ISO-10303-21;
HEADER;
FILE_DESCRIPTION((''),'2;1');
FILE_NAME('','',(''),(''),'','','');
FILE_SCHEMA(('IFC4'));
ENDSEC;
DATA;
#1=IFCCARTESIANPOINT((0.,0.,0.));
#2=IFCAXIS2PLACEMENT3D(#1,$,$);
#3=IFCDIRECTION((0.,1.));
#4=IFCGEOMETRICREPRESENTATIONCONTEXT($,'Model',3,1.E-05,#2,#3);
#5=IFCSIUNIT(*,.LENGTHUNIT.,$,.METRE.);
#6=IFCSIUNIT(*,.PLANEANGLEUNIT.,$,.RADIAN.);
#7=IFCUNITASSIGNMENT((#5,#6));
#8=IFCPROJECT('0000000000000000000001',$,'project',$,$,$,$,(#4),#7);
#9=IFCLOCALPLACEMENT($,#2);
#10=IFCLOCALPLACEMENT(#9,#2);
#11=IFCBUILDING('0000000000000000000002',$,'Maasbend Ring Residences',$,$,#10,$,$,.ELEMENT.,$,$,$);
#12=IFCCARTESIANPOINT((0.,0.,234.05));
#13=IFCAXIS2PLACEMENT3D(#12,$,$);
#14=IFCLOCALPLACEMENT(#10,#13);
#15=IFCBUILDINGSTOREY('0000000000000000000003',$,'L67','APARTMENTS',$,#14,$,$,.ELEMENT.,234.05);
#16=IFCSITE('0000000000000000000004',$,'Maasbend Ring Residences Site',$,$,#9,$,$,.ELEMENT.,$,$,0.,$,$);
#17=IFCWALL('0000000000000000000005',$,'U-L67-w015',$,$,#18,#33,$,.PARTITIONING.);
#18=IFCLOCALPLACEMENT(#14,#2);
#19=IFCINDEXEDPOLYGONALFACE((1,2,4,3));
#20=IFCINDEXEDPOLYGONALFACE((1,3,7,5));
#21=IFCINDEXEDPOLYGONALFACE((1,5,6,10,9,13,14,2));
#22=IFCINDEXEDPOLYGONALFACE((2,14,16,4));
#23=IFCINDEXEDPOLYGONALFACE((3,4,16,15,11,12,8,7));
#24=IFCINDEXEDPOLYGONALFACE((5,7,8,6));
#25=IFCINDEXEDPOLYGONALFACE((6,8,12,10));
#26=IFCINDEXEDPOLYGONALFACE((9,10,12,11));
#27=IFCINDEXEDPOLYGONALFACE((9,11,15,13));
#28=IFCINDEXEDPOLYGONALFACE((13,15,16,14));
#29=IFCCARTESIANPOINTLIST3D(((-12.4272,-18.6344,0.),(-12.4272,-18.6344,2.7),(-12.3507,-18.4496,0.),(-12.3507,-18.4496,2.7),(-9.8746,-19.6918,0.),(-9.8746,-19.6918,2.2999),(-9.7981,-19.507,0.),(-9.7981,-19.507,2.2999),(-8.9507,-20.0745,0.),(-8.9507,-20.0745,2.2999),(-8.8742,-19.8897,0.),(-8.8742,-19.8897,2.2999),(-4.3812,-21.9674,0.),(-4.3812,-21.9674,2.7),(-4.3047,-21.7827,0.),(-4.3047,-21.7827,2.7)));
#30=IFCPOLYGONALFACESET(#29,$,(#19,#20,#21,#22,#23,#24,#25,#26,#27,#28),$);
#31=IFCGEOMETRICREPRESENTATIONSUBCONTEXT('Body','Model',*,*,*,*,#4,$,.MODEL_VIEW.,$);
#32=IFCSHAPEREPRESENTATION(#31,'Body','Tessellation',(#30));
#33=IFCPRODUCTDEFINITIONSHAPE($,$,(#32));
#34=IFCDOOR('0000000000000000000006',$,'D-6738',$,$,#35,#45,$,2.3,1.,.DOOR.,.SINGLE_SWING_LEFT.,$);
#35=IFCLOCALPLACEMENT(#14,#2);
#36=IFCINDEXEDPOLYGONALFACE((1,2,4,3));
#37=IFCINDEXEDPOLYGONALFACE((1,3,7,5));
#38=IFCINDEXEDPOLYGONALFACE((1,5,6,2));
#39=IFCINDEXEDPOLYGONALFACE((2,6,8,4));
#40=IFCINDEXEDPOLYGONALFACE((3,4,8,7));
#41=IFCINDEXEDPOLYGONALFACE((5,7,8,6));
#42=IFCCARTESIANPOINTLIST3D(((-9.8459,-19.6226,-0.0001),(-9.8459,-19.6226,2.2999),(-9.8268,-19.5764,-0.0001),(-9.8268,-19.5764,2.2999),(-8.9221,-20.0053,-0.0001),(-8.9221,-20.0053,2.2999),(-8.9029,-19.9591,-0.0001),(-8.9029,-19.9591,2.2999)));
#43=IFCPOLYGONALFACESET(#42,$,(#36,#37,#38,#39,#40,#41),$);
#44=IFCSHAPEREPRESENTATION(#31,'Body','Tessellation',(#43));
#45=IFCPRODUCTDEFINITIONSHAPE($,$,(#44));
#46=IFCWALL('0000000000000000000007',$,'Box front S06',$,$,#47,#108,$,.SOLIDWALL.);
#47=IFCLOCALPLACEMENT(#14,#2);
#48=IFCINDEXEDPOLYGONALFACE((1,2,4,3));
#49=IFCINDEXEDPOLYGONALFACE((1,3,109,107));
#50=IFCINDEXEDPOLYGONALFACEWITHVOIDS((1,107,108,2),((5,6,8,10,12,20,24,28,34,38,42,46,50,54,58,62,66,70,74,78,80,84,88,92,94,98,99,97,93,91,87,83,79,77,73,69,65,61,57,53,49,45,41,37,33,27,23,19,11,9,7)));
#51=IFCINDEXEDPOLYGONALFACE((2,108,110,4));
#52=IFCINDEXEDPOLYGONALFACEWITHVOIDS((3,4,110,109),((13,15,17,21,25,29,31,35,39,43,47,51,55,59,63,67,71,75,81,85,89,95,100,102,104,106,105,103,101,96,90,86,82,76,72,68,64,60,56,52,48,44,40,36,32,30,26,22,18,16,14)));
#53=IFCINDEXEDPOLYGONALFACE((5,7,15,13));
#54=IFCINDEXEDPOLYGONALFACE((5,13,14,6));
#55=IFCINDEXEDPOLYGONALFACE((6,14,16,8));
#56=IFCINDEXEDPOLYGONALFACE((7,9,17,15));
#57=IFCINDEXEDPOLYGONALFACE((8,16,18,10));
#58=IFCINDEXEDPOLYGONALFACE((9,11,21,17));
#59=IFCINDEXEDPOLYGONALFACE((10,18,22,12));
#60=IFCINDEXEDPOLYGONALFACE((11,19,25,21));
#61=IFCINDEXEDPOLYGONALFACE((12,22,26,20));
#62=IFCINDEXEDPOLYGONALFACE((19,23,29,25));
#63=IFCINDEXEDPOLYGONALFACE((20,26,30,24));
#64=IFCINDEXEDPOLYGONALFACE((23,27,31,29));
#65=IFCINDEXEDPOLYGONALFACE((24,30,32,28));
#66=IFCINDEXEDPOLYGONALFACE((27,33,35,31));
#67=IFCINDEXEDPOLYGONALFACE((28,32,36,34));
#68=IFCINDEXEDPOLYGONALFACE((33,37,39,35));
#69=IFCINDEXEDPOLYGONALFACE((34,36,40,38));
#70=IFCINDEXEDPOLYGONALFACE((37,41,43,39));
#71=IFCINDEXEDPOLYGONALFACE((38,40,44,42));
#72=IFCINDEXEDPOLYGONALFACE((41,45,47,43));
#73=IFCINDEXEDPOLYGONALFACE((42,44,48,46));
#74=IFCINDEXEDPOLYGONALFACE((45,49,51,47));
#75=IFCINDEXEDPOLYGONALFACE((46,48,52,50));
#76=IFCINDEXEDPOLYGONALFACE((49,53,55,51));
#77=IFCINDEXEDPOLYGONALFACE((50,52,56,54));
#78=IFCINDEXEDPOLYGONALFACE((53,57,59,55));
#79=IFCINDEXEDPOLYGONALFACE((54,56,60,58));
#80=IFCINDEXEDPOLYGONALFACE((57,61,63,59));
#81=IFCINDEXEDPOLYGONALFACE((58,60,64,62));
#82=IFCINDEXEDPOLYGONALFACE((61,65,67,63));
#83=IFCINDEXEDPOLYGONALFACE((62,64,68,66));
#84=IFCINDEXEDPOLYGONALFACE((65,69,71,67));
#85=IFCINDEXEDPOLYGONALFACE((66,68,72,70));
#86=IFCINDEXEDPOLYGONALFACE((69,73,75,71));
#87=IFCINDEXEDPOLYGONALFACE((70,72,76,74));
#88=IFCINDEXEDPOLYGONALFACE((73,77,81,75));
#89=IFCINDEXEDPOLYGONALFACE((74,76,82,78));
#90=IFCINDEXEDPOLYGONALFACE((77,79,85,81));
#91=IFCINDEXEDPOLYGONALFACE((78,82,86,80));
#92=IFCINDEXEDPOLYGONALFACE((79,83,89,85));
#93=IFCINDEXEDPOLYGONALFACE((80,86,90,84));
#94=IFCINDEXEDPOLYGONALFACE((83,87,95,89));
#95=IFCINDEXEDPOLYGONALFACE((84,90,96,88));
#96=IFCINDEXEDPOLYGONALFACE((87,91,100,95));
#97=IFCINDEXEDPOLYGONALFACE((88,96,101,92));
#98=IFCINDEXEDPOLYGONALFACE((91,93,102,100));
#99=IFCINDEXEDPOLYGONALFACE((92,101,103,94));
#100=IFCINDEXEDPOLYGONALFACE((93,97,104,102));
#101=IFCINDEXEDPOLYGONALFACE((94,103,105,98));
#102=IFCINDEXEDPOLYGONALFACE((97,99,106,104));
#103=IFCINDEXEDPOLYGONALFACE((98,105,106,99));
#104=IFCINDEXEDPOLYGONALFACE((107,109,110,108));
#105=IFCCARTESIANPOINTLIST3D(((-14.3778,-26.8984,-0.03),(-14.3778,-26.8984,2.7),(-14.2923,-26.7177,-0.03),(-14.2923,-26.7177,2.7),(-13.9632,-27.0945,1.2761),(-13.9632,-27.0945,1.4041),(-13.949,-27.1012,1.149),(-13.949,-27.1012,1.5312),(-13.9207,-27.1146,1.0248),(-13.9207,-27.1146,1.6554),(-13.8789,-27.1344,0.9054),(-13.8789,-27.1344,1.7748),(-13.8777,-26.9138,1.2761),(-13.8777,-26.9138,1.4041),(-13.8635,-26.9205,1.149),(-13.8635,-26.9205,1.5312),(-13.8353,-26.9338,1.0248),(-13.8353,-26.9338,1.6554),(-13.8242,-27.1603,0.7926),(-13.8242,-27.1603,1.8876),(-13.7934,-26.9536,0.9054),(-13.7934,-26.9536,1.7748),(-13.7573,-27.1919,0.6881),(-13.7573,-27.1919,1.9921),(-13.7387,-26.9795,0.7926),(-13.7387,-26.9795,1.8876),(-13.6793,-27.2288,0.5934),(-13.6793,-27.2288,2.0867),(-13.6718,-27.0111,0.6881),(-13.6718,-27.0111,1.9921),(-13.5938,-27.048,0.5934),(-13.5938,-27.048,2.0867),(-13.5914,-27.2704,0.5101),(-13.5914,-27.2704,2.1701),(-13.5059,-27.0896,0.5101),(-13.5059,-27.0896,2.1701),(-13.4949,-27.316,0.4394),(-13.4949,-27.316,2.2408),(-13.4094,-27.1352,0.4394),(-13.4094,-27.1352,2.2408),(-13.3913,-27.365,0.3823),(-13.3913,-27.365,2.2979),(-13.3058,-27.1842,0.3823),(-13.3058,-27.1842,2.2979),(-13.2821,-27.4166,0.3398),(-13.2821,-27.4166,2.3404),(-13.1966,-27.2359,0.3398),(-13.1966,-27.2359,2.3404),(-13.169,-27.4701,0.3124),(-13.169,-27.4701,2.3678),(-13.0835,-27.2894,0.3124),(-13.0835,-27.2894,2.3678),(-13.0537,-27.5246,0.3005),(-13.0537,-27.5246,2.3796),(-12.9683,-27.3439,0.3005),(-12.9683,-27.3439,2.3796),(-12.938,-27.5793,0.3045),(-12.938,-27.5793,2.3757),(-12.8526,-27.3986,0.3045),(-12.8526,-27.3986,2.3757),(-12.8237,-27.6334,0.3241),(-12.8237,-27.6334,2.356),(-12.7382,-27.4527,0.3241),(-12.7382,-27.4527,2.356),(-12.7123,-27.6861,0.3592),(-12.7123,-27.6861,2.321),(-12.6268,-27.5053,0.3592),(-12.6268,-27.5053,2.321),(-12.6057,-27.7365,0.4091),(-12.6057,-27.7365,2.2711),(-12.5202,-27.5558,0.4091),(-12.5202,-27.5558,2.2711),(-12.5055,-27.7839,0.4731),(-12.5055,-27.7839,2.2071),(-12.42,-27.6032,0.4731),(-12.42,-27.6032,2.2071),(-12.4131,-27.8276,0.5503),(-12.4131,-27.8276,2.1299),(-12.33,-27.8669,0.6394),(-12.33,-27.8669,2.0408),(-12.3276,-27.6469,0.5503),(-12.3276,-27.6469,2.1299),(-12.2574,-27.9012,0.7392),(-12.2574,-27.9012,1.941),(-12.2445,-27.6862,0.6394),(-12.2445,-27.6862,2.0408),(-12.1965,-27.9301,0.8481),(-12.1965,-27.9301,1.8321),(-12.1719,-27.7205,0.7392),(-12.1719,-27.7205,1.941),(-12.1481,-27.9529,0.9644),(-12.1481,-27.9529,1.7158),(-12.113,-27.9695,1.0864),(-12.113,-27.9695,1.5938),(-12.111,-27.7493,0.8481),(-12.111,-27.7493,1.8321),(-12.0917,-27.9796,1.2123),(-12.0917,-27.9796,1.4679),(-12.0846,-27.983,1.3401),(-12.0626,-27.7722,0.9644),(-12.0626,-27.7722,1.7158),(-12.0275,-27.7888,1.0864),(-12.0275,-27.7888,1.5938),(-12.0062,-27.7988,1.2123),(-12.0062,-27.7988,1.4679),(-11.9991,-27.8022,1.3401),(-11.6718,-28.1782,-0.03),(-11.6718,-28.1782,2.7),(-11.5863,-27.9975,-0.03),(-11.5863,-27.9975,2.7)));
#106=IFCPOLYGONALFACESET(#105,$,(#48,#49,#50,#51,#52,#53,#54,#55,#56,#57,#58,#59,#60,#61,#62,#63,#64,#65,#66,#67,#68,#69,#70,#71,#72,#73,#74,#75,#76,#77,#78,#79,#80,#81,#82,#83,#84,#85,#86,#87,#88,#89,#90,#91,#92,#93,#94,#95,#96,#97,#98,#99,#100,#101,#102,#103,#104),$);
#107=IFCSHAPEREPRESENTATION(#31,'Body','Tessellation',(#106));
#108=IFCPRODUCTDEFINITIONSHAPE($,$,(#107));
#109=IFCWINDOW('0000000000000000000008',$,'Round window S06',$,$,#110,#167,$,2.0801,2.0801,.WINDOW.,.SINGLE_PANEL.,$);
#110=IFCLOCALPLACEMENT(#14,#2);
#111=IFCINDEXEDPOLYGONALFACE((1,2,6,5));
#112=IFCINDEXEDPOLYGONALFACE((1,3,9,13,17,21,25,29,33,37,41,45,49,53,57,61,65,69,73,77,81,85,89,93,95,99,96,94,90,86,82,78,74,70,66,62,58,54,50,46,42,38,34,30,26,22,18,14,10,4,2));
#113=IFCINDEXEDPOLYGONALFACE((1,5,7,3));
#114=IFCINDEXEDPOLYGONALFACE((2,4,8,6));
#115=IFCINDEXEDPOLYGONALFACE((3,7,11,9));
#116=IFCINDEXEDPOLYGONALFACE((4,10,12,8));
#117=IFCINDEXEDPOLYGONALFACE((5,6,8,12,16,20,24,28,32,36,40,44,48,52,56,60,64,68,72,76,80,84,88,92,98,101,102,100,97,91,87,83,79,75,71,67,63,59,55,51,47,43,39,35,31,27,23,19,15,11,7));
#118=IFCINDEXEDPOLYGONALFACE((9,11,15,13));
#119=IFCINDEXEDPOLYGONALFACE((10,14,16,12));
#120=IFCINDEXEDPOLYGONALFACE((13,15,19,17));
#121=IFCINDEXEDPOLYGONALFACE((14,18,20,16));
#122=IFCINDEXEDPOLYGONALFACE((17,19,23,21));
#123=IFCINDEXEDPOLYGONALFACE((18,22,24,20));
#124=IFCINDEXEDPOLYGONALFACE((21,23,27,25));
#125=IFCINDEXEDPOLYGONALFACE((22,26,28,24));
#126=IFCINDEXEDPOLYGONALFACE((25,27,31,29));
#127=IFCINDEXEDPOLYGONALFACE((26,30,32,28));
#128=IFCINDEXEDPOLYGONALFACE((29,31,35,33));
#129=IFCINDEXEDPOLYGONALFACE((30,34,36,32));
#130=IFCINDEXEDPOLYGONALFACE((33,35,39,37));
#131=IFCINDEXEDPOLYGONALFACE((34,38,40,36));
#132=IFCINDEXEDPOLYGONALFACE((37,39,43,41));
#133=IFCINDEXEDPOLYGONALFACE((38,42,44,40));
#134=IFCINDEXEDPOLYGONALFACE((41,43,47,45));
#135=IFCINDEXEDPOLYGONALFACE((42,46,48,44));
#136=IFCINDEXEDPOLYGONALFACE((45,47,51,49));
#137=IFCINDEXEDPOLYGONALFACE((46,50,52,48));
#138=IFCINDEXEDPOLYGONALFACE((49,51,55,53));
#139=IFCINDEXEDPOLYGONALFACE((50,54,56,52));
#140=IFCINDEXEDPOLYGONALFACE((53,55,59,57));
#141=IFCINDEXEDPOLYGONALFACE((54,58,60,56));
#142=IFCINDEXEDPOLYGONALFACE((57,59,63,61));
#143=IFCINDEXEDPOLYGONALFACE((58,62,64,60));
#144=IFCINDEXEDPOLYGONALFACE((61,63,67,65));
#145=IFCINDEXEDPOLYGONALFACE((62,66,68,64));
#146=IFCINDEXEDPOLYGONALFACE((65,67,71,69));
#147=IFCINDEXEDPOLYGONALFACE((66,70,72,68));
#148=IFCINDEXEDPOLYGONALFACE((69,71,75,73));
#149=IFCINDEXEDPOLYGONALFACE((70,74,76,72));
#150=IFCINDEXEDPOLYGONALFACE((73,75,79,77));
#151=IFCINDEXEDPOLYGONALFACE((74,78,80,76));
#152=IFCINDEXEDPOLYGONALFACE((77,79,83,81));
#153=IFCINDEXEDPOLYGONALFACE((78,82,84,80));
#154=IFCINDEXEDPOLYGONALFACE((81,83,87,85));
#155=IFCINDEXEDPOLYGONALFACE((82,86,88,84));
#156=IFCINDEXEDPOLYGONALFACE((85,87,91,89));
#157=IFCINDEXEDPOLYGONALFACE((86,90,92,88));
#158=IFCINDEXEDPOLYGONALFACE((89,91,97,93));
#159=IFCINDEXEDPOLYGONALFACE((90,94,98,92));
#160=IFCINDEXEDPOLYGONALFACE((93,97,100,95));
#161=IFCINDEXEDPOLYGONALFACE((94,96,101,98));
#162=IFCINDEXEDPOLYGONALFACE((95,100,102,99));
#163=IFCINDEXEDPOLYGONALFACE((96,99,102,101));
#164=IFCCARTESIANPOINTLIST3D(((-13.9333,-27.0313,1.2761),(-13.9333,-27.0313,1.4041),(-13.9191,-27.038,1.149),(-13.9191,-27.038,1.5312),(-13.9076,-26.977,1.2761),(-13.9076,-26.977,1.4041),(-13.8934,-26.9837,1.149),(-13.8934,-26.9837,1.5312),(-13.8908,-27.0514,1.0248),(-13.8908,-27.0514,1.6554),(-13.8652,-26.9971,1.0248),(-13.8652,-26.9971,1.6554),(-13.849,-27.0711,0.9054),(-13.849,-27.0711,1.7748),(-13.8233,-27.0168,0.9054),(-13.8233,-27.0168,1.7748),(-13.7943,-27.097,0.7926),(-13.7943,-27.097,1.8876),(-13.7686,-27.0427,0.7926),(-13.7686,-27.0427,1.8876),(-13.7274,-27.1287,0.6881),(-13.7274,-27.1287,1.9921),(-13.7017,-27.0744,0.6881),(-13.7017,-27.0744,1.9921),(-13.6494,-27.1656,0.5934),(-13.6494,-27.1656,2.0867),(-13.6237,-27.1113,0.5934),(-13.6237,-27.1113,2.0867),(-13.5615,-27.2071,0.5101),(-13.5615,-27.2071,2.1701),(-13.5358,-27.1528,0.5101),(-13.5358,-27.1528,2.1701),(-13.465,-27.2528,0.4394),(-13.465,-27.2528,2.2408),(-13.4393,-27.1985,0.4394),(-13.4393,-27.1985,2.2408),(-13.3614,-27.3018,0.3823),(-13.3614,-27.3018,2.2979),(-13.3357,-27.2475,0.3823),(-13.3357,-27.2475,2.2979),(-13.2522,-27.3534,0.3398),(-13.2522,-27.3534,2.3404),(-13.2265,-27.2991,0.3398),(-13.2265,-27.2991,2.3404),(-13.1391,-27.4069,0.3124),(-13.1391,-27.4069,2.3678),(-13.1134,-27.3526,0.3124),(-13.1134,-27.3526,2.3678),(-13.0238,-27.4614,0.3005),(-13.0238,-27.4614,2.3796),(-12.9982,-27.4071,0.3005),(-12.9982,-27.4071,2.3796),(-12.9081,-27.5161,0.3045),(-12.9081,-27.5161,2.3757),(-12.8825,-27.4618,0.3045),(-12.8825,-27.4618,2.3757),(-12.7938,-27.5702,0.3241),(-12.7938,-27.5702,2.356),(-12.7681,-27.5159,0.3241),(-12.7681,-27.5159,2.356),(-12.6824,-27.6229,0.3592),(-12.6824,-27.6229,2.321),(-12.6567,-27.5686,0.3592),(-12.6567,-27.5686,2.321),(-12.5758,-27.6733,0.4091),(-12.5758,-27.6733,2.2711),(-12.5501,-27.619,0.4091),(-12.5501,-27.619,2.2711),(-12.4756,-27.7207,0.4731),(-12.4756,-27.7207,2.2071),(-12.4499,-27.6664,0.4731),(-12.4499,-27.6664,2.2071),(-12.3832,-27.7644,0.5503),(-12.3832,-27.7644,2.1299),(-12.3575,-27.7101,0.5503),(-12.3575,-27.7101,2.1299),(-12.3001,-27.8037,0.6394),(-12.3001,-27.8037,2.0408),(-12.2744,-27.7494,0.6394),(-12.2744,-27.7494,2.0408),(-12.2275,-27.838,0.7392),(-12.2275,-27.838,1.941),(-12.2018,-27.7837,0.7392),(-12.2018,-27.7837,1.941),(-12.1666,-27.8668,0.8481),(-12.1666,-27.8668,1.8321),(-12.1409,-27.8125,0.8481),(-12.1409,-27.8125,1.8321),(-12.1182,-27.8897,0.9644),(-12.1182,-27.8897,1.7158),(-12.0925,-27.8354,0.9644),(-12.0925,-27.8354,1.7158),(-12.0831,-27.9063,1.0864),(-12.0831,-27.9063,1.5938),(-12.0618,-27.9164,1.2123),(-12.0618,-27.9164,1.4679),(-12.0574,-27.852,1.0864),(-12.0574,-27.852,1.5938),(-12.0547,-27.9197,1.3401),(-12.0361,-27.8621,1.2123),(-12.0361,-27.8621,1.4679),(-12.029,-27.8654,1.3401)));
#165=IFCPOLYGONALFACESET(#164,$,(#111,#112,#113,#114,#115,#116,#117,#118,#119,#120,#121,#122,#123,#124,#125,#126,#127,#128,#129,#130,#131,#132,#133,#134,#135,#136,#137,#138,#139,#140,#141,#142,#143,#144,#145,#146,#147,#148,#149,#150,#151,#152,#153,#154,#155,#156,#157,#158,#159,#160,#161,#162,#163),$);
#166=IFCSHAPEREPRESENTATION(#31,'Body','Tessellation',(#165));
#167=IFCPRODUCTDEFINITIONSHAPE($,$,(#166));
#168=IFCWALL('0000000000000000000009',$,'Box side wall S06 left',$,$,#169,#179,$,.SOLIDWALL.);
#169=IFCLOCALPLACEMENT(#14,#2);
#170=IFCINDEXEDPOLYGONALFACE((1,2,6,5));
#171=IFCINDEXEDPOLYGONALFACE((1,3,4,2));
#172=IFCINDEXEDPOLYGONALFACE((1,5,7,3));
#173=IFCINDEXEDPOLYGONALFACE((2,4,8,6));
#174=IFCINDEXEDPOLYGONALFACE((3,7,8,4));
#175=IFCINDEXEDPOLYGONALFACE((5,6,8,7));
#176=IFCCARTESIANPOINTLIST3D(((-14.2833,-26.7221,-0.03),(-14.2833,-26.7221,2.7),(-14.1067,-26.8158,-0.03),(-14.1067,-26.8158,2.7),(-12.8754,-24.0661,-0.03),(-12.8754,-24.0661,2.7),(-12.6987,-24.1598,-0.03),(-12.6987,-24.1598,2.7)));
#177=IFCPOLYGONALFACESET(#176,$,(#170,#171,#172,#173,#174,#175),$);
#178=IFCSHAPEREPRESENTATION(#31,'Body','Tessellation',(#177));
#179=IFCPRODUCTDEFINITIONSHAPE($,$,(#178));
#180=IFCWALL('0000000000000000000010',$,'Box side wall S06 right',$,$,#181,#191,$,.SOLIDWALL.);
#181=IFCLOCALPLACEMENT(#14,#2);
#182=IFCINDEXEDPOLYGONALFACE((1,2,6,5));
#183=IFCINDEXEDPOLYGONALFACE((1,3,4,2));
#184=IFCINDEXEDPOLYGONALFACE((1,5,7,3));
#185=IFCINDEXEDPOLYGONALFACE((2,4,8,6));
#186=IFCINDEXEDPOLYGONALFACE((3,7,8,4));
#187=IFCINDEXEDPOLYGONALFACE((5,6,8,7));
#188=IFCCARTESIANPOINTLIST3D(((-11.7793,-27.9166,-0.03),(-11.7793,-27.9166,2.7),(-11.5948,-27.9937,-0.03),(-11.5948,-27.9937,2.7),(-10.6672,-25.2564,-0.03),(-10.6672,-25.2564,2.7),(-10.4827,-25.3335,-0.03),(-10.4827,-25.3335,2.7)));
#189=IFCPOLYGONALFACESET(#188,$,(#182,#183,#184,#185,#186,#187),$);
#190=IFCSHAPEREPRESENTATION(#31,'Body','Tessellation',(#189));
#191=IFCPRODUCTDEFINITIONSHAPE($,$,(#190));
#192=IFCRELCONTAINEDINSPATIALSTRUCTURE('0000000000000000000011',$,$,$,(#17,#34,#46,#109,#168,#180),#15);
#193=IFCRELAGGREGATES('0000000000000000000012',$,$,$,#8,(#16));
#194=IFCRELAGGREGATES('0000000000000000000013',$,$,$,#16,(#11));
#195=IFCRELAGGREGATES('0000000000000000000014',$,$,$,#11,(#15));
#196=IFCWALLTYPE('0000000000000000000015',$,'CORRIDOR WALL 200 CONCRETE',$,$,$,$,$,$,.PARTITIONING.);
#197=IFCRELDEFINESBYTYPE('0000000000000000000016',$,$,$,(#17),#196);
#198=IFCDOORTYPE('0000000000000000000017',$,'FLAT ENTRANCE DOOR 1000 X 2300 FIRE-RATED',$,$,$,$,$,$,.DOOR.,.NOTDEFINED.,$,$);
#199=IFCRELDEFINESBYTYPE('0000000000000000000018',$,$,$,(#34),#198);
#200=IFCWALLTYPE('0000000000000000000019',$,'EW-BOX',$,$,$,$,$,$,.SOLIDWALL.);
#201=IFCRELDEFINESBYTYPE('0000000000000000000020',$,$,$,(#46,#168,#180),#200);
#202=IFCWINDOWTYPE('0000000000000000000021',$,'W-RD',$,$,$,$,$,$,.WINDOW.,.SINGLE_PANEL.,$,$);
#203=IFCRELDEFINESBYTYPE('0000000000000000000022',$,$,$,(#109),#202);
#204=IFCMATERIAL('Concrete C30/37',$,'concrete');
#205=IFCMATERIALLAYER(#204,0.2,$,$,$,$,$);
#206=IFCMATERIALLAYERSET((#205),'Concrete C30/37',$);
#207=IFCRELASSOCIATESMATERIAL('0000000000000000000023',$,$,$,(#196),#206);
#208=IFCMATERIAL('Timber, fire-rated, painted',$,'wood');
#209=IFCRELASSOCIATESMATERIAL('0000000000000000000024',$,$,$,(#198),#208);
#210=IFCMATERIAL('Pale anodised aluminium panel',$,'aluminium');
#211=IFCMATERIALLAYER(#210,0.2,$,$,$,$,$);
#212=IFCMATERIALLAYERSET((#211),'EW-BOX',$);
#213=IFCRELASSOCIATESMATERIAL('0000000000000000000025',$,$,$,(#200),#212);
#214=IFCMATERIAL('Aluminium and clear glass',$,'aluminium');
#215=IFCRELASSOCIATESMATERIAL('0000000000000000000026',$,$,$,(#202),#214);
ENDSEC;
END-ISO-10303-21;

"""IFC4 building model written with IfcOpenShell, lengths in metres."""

from ifc_helpers import new_model, si_unit, direction, frame, frame_2d, origin, place, context, subcontext, project, spatial, rectangle, circle, extrude, material, layer, layer_set, type_object, element, fill, save


model = new_model("IFC4")

# Units and contexts
model_context = context("Model", 3, precision=1e-05, world=origin(), true_north=direction((0.0, 1.0)))
body_context = subcontext(model_context, "Body", "Model", "MODEL_VIEW")
ifc_project = project(units=[si_unit("LENGTHUNIT", "METRE"), si_unit("PLANEANGLEUNIT", "RADIAN")], contexts=[model_context])

# Site, building, storey
site_placement = place(None, origin())
site = spatial("IfcSite", under=ifc_project, at=site_placement, Name="Maasbend Ring Residences Site", CompositionType="ELEMENT", RefElevation=0.0)
building_placement = place(site_placement, origin())
building = spatial("IfcBuilding", under=site, at=building_placement, Name="Maasbend Ring Residences", CompositionType="ELEMENT")
storey_placement = place(building_placement, frame((0.0, 0.0, 234.05)))
storey = spatial("IfcBuildingStorey", under=building, at=storey_placement, Name="L67", Description="APARTMENTS", CompositionType="ELEMENT", Elevation=234.05)

# Wall, opening, door
ifc_material_1 = material(Name="Concrete C30/37", Category="concrete")
ifc_layer_1 = layer(ifc_material_1, 0.2)
ifc_layer_set_1 = layer_set([ifc_layer_1], Name="Concrete C30/37")
wall_type_1 = type_object("IfcWallType", Name="CORRIDOR WALL 200 CONCRETE", PredefinedType="PARTITIONING", material=ifc_layer_set_1)
wall_1_placement = place(storey_placement, frame((-12.3889, -18.542, 0.0), z_axis=(0.0, 0.0, 1.0), x_axis=(0.923868, -0.382712, 0.0)))
wall_1 = element("IfcWall", 1, at=wall_1_placement, inside=storey, type_object=wall_type_1, Name="U-L67-w015", PredefinedType="PARTITIONING", context=body_context, shape_type="SweptSolid", body=[
    extrude(rectangle(XDim=8.709, YDim=0.2, at=frame_2d((4.3545, 0.0))), origin(), (0.0, 0.0, 1.0), 2.7),
])
opening_1_placement = place(wall_1_placement, frame((2.7629, 0.0, 0.0)))
opening_1 = element("IfcOpeningElement", 2, at=opening_1_placement, cuts=wall_1, PredefinedType="OPENING", context=body_context, shape_type="SweptSolid", body=[
    extrude(rectangle(XDim=1.0, YDim=2.3, at=frame_2d((0.5, 1.1499))), frame((0.0, 0.1099, 0.0), z_axis=(0.0, -1.0, 0.0), x_axis=(1.0, 0.0, 0.0)), (0.0, 0.0, 1.0), 0.22),
])
ifc_material_2 = material(Name="Timber, fire-rated, painted", Category="wood")
door_type_1 = type_object("IfcDoorType", Name="FLAT ENTRANCE DOOR 1000 X 2300 FIRE-RATED", OperationType="NOTDEFINED", PredefinedType="DOOR", material=ifc_material_2)
door_1_placement = place(opening_1_placement, origin())
door_1 = element("IfcDoor", 3, at=door_1_placement, inside=storey, type_object=door_type_1, Name="D-6738", OperationType="SINGLE_SWING_LEFT", OverallHeight=2.3, OverallWidth=1.0, PredefinedType="DOOR", context=body_context, shape_type="SweptSolid", body=[
    extrude(rectangle(XDim=1.0, YDim=2.3, at=frame_2d((0.5, 1.1499))), frame((0.0, 0.0249, 0.0), z_axis=(0.0, -1.0, 0.0), x_axis=(1.0, 0.0, 0.0)), (0.0, 0.0, 1.0), 0.05),
])
fill(opening_1, door_1)

# Wall, opening, window
ifc_material_3 = material(Name="Pale anodised aluminium panel", Category="aluminium")
ifc_layer_2 = layer(ifc_material_3, 0.2)
ifc_layer_set_2 = layer_set([ifc_layer_2], Name="EW-BOX")
wall_type_2 = type_object("IfcWallType", Name="EW-BOX", PredefinedType="SOLIDWALL", material=ifc_layer_set_2)
wall_2_placement = place(storey_placement, frame((-14.335, -26.8081, -0.03), z_axis=(0.0, 0.0, 1.0), x_axis=(0.904, -0.427532, 0.0)))
wall_2 = element("IfcWall", 4, at=wall_2_placement, inside=storey, type_object=wall_type_2, Name="Box front S06", PredefinedType="SOLIDWALL", context=body_context, shape_type="SweptSolid", body=[
    extrude(rectangle(XDim=2.9934, YDim=0.2, at=frame_2d((1.4966, 0.0))), origin(), (0.0, 0.0, 1.0), 2.73),
])
opening_2_placement = place(wall_2_placement, frame((0.4565, 0.0, 0.3301)))
opening_2 = element("IfcOpeningElement", 5, at=opening_2_placement, cuts=wall_2, PredefinedType="OPENING", context=body_context, shape_type="SweptSolid", body=[
    extrude(circle(Radius=1.04, at=frame_2d((1.04, 1.04))), frame((0.0, 0.1099, 0.0), z_axis=(0.0, -1.0, 0.0), x_axis=(1.0, 0.0, 0.0)), (0.0, 0.0, 1.0), 0.22),
])
ifc_material_4 = material(Name="Aluminium and clear glass", Category="aluminium")
window_type = type_object("IfcWindowType", Name="W-RD", PartitioningType="SINGLE_PANEL", PredefinedType="WINDOW", material=ifc_material_4)
window_placement = place(opening_2_placement, origin())
window = element("IfcWindow", 6, at=window_placement, inside=storey, type_object=window_type, Name="Round window S06", OverallHeight=2.0801, OverallWidth=2.0801, PartitioningType="SINGLE_PANEL", PredefinedType="WINDOW", context=body_context, shape_type="SweptSolid", body=[
    extrude(circle(Radius=1.04, at=frame_2d((1.04, 1.04))), frame((0.0, 0.03, 0.0), z_axis=(0.0, -1.0, 0.0), x_axis=(1.0, 0.0, 0.0)), (0.0, 0.0, 1.0), 0.0601),
])
fill(opening_2, window)

# Walls
wall_3_placement = place(storey_placement, frame((-12.7871, -24.113, -0.03), z_axis=(0.0, 0.0, 1.0), x_axis=(-0.468365, -0.883535, 0.0)))
element("IfcWall", 7, at=wall_3_placement, inside=storey, type_object=wall_type_2, Name="Box side wall S06 left", PredefinedType="SOLIDWALL", context=body_context, shape_type="SweptSolid", body=[
    extrude(rectangle(XDim=3.0061, YDim=0.2, at=frame_2d((1.5029, 0.0))), origin(), (0.0, 0.0, 1.0), 2.73),
])
wall_4_placement = place(storey_placement, frame((-10.575, -25.2949, -0.03), z_axis=(0.0, 0.0, 1.0), x_axis=(-0.385697, -0.922625, 0.0)))
element("IfcWall", 8, at=wall_4_placement, inside=storey, type_object=wall_type_2, Name="Box side wall S06 right", PredefinedType="SOLIDWALL", context=body_context, shape_type="SweptSolid", body=[
    extrude(rectangle(XDim=2.8833, YDim=0.2, at=frame_2d((1.4417, 0.0))), origin(), (0.0, 0.0, 1.0), 2.73),
])

save(model, "model.ifc")
